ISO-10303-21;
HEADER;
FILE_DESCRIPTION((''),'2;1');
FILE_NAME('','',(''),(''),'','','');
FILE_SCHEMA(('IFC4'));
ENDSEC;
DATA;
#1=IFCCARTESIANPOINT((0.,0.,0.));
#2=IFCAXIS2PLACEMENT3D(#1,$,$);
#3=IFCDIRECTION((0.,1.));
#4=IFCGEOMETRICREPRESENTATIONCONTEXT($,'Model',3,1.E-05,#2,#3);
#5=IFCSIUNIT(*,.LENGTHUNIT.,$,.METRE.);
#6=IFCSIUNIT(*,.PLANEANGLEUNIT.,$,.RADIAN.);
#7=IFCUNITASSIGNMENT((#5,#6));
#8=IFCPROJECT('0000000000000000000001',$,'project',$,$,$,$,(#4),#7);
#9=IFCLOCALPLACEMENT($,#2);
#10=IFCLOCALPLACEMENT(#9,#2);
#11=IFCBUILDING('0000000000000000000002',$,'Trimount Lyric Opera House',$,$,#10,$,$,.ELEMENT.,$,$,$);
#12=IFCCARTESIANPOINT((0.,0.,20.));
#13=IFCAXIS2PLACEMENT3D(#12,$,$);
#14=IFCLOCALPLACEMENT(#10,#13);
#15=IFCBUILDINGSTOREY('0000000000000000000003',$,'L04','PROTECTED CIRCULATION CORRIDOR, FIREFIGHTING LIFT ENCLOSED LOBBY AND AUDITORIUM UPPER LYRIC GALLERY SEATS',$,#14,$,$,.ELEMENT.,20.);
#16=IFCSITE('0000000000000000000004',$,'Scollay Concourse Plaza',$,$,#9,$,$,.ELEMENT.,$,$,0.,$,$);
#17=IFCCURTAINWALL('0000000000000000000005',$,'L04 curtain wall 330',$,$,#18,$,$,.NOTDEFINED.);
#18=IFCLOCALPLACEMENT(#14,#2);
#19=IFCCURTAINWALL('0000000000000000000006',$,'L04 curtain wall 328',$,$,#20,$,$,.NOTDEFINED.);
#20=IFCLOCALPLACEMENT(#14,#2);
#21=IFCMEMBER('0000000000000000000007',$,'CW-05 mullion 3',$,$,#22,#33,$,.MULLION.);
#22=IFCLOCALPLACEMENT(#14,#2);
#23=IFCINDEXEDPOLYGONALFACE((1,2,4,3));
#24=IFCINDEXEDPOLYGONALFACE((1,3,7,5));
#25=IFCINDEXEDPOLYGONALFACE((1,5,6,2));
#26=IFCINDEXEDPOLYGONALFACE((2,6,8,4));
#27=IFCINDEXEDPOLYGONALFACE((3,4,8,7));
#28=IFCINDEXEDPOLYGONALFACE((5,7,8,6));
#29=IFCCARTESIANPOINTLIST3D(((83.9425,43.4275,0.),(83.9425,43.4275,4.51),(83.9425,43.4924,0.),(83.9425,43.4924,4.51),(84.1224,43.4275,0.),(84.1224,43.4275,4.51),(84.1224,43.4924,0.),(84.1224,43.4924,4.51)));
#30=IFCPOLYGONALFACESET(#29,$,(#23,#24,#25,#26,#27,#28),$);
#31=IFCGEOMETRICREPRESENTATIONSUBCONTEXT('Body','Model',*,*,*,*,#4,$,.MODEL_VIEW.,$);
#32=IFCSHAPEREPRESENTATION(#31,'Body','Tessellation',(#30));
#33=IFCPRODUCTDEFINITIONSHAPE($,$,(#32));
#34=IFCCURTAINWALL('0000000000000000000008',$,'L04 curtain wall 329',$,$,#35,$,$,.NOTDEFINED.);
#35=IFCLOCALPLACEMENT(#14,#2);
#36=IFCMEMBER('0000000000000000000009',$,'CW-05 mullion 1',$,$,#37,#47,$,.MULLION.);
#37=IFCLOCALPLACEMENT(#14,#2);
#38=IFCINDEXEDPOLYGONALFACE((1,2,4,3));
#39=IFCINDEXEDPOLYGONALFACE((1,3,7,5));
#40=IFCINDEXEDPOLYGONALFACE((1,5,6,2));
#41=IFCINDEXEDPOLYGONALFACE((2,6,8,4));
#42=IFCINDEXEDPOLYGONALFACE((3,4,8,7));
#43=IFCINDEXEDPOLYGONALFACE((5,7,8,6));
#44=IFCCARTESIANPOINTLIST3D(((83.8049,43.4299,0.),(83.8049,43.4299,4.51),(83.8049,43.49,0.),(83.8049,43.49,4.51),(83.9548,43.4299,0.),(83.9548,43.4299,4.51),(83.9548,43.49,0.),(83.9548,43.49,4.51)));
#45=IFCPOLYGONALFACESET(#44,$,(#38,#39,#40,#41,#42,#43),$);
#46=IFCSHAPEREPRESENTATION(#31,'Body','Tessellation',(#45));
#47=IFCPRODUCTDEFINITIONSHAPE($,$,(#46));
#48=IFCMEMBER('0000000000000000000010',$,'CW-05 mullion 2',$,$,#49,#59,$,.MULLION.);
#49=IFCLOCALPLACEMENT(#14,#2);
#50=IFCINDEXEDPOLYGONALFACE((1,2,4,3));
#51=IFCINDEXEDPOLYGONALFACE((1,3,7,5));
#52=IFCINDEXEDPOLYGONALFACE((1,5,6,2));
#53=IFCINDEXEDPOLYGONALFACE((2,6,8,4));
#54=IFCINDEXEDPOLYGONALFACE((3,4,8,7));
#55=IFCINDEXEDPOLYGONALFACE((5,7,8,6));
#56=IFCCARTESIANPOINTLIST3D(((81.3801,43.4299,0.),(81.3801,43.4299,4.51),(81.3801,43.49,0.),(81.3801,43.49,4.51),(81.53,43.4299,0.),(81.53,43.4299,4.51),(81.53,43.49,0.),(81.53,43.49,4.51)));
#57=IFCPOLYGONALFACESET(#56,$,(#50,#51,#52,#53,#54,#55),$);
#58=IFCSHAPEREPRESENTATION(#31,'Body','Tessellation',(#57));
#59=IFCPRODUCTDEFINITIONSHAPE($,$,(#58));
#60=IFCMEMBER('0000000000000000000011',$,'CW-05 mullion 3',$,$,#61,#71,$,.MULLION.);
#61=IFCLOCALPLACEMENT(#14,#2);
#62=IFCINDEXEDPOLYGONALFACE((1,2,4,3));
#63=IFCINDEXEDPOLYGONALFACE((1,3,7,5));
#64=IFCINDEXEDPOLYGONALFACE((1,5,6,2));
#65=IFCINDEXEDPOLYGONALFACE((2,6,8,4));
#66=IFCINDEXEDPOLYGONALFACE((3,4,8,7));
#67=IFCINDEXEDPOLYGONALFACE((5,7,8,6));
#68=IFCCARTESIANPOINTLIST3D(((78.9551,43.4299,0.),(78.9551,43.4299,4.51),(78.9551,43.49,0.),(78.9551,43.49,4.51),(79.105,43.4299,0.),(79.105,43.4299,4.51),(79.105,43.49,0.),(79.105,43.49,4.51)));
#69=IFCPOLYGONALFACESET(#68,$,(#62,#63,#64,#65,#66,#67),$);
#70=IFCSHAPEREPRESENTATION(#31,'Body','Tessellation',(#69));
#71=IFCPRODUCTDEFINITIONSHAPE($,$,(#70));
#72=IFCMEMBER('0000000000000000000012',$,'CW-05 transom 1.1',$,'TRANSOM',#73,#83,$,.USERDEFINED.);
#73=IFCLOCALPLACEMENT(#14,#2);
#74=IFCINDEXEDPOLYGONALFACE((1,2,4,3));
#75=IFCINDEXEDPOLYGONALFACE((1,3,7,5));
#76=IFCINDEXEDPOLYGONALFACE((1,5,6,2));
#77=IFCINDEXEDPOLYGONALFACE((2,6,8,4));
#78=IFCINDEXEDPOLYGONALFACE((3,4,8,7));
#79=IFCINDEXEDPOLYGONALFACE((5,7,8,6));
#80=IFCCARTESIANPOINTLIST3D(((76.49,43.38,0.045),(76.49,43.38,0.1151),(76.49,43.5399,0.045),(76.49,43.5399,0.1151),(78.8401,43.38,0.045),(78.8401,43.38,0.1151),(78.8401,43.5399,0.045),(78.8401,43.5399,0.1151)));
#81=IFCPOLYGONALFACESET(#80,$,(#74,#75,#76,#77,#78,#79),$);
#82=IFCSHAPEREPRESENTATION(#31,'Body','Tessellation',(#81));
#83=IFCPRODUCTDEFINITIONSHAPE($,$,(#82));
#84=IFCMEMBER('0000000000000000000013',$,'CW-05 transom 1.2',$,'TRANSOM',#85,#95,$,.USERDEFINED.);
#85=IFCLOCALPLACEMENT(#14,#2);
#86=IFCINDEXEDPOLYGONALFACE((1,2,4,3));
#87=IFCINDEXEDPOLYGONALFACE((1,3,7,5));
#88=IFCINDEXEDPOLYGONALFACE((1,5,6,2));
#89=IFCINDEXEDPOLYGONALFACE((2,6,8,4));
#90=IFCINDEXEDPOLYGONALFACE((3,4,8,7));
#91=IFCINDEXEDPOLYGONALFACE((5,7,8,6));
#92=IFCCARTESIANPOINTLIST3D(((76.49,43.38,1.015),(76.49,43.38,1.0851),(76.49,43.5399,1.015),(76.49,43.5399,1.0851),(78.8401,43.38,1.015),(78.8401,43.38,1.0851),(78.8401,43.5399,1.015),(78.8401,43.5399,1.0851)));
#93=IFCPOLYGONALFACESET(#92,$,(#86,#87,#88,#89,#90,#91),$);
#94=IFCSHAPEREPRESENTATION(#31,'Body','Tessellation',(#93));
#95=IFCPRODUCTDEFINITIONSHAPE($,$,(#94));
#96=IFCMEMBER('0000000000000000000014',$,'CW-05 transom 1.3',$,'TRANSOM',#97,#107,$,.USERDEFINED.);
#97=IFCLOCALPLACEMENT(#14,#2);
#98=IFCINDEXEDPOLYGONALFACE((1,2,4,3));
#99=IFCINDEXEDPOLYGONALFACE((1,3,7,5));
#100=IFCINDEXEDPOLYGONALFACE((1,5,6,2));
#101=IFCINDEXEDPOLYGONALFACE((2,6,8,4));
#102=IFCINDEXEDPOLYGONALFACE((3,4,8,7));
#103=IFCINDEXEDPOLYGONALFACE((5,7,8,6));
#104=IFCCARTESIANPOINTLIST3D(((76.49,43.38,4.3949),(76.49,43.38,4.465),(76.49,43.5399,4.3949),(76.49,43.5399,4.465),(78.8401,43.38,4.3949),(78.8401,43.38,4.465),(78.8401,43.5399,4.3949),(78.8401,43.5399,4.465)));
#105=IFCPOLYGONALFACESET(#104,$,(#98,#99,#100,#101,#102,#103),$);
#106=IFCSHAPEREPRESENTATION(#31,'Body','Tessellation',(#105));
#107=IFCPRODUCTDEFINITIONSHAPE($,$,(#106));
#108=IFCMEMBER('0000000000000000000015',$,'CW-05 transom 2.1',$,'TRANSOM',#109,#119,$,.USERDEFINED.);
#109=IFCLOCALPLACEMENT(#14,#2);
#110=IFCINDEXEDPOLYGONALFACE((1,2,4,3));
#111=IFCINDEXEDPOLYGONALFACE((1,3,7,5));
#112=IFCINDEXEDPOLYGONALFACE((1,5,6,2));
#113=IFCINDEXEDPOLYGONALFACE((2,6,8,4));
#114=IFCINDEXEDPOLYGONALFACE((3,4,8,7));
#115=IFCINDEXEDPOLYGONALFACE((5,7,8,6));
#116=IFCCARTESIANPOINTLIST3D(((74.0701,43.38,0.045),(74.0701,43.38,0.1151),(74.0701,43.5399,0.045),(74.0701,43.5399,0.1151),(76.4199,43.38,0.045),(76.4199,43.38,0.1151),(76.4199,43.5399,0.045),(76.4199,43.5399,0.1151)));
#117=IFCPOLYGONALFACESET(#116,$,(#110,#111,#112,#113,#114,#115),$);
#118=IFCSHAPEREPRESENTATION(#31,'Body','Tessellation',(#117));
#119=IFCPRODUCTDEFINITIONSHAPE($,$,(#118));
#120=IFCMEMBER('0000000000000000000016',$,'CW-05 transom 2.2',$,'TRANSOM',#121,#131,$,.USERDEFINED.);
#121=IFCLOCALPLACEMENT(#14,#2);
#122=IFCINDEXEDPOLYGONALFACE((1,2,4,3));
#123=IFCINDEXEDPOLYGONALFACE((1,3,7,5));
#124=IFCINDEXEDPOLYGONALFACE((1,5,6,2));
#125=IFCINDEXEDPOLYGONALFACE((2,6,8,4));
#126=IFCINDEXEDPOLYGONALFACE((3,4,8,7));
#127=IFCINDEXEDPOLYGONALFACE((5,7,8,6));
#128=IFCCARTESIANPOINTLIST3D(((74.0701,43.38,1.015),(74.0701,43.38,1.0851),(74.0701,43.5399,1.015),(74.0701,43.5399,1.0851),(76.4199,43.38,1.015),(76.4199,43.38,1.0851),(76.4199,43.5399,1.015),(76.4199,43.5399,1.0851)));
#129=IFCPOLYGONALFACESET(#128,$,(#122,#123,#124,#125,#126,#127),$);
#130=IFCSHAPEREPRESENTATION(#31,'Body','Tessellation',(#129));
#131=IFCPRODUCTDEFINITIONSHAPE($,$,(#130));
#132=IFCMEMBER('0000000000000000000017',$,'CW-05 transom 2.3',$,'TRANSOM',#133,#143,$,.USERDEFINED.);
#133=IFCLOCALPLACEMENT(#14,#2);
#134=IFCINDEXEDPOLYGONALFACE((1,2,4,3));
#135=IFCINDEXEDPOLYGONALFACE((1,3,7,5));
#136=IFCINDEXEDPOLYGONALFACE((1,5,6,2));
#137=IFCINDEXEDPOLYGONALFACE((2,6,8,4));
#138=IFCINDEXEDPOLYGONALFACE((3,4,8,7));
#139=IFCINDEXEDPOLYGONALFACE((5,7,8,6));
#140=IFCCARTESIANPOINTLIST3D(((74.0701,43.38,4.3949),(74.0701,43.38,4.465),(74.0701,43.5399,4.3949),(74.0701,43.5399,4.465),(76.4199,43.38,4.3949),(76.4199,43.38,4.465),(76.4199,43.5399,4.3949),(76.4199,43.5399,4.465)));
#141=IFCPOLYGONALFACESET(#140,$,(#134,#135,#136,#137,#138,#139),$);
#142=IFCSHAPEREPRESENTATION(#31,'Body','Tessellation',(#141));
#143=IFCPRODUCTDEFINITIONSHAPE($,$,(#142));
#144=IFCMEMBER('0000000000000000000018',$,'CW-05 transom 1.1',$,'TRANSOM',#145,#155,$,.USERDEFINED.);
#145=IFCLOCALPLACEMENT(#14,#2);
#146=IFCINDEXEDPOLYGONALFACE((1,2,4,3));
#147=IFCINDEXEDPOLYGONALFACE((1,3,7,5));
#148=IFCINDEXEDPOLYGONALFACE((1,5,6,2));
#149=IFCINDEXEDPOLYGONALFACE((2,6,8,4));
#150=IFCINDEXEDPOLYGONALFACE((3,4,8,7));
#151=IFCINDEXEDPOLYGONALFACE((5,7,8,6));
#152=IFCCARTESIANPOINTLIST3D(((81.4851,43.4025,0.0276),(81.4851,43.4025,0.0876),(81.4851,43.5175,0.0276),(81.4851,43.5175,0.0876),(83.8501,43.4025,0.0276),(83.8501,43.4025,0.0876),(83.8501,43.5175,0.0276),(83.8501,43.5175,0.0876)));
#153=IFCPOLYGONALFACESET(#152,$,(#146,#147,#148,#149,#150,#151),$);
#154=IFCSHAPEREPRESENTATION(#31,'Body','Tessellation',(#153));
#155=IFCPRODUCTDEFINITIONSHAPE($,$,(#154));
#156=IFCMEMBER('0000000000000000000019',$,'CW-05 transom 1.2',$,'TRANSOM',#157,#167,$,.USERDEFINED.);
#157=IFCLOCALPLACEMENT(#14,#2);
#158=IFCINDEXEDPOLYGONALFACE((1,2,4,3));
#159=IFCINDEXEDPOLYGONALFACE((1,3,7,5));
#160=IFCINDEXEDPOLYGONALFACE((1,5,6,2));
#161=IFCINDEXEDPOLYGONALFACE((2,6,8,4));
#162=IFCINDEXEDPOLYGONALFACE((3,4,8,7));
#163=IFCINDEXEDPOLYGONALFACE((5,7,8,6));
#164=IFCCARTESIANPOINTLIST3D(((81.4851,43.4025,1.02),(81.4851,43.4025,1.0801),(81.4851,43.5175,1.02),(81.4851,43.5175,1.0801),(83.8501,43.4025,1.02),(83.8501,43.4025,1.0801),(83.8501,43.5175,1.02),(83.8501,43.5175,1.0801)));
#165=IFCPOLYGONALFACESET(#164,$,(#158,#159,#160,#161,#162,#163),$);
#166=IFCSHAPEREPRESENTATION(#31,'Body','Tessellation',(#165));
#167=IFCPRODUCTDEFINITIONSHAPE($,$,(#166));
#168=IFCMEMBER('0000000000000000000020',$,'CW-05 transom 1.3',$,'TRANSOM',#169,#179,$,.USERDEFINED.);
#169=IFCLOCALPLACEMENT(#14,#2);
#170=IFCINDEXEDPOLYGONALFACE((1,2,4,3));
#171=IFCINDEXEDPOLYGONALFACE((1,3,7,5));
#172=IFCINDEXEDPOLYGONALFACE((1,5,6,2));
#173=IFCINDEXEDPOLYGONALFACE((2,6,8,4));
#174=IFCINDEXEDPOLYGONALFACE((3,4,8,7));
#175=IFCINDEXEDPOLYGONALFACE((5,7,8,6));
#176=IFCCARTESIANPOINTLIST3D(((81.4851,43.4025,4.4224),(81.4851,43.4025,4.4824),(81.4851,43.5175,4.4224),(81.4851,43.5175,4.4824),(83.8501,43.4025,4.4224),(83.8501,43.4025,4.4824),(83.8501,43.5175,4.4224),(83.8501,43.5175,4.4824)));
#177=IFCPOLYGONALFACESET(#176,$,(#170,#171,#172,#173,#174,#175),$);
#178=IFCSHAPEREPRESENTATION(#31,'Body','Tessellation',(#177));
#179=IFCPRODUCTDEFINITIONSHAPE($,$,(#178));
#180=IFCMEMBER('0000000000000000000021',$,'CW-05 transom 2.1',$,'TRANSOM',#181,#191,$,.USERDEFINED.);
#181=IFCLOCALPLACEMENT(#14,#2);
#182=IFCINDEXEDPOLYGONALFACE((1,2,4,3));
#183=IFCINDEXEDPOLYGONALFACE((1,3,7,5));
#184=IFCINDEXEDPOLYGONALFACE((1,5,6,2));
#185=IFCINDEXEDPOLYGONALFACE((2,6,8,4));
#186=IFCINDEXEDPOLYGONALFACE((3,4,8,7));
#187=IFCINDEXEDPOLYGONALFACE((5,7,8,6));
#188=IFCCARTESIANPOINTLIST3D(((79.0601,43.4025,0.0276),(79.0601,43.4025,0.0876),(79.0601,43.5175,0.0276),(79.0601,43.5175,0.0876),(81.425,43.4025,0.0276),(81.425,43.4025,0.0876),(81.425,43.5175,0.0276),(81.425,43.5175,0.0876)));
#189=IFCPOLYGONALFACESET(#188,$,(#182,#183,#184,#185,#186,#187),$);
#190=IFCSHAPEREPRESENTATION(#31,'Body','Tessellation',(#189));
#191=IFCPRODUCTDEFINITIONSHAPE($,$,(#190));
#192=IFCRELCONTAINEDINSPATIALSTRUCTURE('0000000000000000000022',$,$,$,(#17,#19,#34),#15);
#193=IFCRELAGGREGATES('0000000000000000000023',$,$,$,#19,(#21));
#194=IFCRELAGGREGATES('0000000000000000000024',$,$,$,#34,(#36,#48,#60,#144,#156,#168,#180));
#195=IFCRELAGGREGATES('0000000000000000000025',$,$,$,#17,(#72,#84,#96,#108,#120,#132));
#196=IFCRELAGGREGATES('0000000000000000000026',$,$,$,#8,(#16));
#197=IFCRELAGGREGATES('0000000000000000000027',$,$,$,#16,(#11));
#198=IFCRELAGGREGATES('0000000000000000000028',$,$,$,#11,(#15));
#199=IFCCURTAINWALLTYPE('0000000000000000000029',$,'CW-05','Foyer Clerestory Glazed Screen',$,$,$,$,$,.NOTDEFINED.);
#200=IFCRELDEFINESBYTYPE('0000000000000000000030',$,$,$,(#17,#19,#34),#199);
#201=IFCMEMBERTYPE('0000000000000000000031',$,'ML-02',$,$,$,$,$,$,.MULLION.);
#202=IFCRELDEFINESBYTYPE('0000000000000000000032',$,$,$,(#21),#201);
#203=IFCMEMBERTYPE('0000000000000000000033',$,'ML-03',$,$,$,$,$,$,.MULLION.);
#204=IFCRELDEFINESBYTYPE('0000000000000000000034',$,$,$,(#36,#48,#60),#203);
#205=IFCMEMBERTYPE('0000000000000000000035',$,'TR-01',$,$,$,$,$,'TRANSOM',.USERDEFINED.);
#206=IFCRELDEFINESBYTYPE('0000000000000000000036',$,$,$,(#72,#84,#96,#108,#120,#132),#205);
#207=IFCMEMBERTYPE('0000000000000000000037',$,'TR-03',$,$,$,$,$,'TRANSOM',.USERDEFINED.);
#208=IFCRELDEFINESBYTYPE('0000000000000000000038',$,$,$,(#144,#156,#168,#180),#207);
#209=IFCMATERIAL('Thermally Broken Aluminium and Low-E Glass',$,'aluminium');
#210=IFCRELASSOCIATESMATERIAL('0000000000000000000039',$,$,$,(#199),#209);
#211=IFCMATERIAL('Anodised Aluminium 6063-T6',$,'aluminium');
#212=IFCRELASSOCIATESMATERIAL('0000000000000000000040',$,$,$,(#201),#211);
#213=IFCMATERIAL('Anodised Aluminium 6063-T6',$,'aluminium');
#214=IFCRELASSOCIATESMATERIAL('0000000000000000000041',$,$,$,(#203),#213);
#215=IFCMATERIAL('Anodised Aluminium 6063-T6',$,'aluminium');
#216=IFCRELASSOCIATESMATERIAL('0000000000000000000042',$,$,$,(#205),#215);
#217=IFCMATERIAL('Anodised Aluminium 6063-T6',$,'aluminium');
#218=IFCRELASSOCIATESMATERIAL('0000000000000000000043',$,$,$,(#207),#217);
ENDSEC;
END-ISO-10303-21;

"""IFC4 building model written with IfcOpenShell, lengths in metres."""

from ifc_helpers import new_model, si_unit, direction, frame, origin, origin_2d, place, context, subcontext, project, spatial, rectangle, extrude, material, material_profile, profile_set, type_object, element, aggregate, save


model = new_model("IFC4")

# Units and contexts
model_context = context("Model", 3, precision=1e-05, world=origin(), true_north=direction((0.0, 1.0)))
body_context = subcontext(model_context, "Body", "Model", "MODEL_VIEW")
ifc_project = project(units=[si_unit("LENGTHUNIT", "METRE"), si_unit("PLANEANGLEUNIT", "RADIAN")], contexts=[model_context])

# Site, building, storey
site_placement = place(None, origin())
site = spatial("IfcSite", under=ifc_project, at=site_placement, Name="Scollay Concourse Plaza", CompositionType="ELEMENT", RefElevation=0.0)
building_placement = place(site_placement, origin())
building = spatial("IfcBuilding", under=site, at=building_placement, Name="Trimount Lyric Opera House", CompositionType="ELEMENT")
storey_placement = place(building_placement, frame((0.0, 0.0, 20.0)))
storey = spatial("IfcBuildingStorey", under=building, at=storey_placement, Name="L04", Description="PROTECTED CIRCULATION CORRIDOR, FIREFIGHTING LIFT ENCLOSED LOBBY AND AUDITORIUM UPPER LYRIC GALLERY SEATS", CompositionType="ELEMENT", Elevation=20.0)

# Curtain wall
ifc_material_1 = material(Name="Thermally Broken Aluminium and Low-E Glass", Category="aluminium")
curtain_wall_type = type_object("IfcCurtainWallType", Name="CW-05", Description="Foyer Clerestory Glazed Screen", PredefinedType="NOTDEFINED", material=ifc_material_1)
curtain_wall_1_placement = place(storey_placement, origin())
curtain_wall_1 = element("IfcCurtainWall", 1, at=curtain_wall_1_placement, inside=storey, type_object=curtain_wall_type, Name="L04 curtain wall 330", PredefinedType="NOTDEFINED")

# Curtain wall, member
curtain_wall_2_placement = place(storey_placement, origin())
curtain_wall_2 = element("IfcCurtainWall", 2, at=curtain_wall_2_placement, inside=storey, type_object=curtain_wall_type, Name="L04 curtain wall 328", PredefinedType="NOTDEFINED")
ifc_material_2 = material(Name="Anodised Aluminium 6063-T6", Category="aluminium")
ifc_material_profile_1 = material_profile(ifc_material_2, rectangle(XDim=0.0649, YDim=0.1799, at=origin_2d()), Name="ALU-MULL-65X180")
ifc_profile_set_1 = profile_set([ifc_material_profile_1], Name="Anodised Aluminium 6063-T6")
member_type_1 = type_object("IfcMemberType", Name="ML-02", PredefinedType="MULLION", material=ifc_profile_set_1)
member_1_placement = place(storey_placement, frame((84.0325, 43.46, 0.0), z_axis=(0.0, 0.0, 1.0), x_axis=(0.0, -1.0, 0.0)))
member_1 = element("IfcMember", 3, at=member_1_placement, type_object=member_type_1, Name="CW-05 mullion 3", PredefinedType="MULLION", context=body_context, shape_type="SweptSolid", body=[
    extrude(rectangle(XDim=0.0649, YDim=0.1799, at=origin_2d()), origin(), (0.0, 0.0, 1.0), 4.51),
])
aggregate(curtain_wall_2, [member_1])

# Curtain wall, members
curtain_wall_3_placement = place(storey_placement, origin())
curtain_wall_3 = element("IfcCurtainWall", 4, at=curtain_wall_3_placement, inside=storey, type_object=curtain_wall_type, Name="L04 curtain wall 329", PredefinedType="NOTDEFINED")
ifc_material_3 = material(Name="Anodised Aluminium 6063-T6", Category="aluminium")
ifc_material_profile_2 = material_profile(ifc_material_3, rectangle(XDim=0.0601, YDim=0.1499, at=origin_2d()), Name="ALU-MULL-60X150")
ifc_profile_set_2 = profile_set([ifc_material_profile_2], Name="Anodised Aluminium 6063-T6")
member_type_2 = type_object("IfcMemberType", Name="ML-03", PredefinedType="MULLION", material=ifc_profile_set_2)
member_2_placement = place(storey_placement, frame((83.8799, 43.46, 0.0), z_axis=(0.0, 0.0, 1.0), x_axis=(0.0, -1.0, 0.0)))
member_2 = element("IfcMember", 5, at=member_2_placement, type_object=member_type_2, Name="CW-05 mullion 1", PredefinedType="MULLION", context=body_context, shape_type="SweptSolid", body=[
    extrude(rectangle(XDim=0.0601, YDim=0.1499, at=origin_2d()), origin(), (0.0, 0.0, 1.0), 4.51),
])
member_3_placement = place(storey_placement, frame((81.4551, 43.46, 0.0), z_axis=(0.0, 0.0, 1.0), x_axis=(0.0, -1.0, 0.0)))
member_3 = element("IfcMember", 6, at=member_3_placement, type_object=member_type_2, Name="CW-05 mullion 2", PredefinedType="MULLION", context=body_context, shape_type="SweptSolid", body=[
    extrude(rectangle(XDim=0.0601, YDim=0.1499, at=origin_2d()), origin(), (0.0, 0.0, 1.0), 4.51),
])
member_4_placement = place(storey_placement, frame((79.03, 43.46, 0.0), z_axis=(0.0, 0.0, 1.0), x_axis=(0.0, -1.0, 0.0)))
member_4 = element("IfcMember", 7, at=member_4_placement, type_object=member_type_2, Name="CW-05 mullion 3", PredefinedType="MULLION", context=body_context, shape_type="SweptSolid", body=[
    extrude(rectangle(XDim=0.0601, YDim=0.1499, at=origin_2d()), origin(), (0.0, 0.0, 1.0), 4.51),
])

# Members
ifc_material_4 = material(Name="Anodised Aluminium 6063-T6", Category="aluminium")
ifc_material_profile_3 = material_profile(ifc_material_4, rectangle(XDim=0.1599, YDim=0.0701, at=origin_2d()), Name="ALU-TRAN-70X160")
ifc_profile_set_3 = profile_set([ifc_material_profile_3], Name="Anodised Aluminium 6063-T6")
member_type_3 = type_object("IfcMemberType", Name="TR-01", ElementType="TRANSOM", PredefinedType="USERDEFINED", material=ifc_profile_set_3)
member_5_placement = place(storey_placement, frame((78.8401, 43.46, 0.0801), z_axis=(-1.0, 0.0, 0.0), x_axis=(0.0, -1.0, 0.0)))
member_5 = element("IfcMember", 8, at=member_5_placement, type_object=member_type_3, Name="CW-05 transom 1.1", ObjectType="TRANSOM", PredefinedType="USERDEFINED", context=body_context, shape_type="SweptSolid", body=[
    extrude(rectangle(XDim=0.1599, YDim=0.0701, at=origin_2d()), origin(), (0.0, 0.0, 1.0), 2.3501),
])
member_6_placement = place(storey_placement, frame((78.8401, 43.46, 1.05), z_axis=(-1.0, 0.0, 0.0), x_axis=(0.0, -1.0, 0.0)))
member_6 = element("IfcMember", 9, at=member_6_placement, type_object=member_type_3, Name="CW-05 transom 1.2", ObjectType="TRANSOM", PredefinedType="USERDEFINED", context=body_context, shape_type="SweptSolid", body=[
    extrude(rectangle(XDim=0.1599, YDim=0.0701, at=origin_2d()), origin(), (0.0, 0.0, 1.0), 2.3501),
])
member_7_placement = place(storey_placement, frame((78.8401, 43.46, 4.4299), z_axis=(-1.0, 0.0, 0.0), x_axis=(0.0, -1.0, 0.0)))
member_7 = element("IfcMember", 10, at=member_7_placement, type_object=member_type_3, Name="CW-05 transom 1.3", ObjectType="TRANSOM", PredefinedType="USERDEFINED", context=body_context, shape_type="SweptSolid", body=[
    extrude(rectangle(XDim=0.1599, YDim=0.0701, at=origin_2d()), origin(), (0.0, 0.0, 1.0), 2.3501),
])
member_8_placement = place(storey_placement, frame((76.4199, 43.46, 0.0801), z_axis=(-1.0, 0.0, 0.0), x_axis=(0.0, -1.0, 0.0)))
member_8 = element("IfcMember", 11, at=member_8_placement, type_object=member_type_3, Name="CW-05 transom 2.1", ObjectType="TRANSOM", PredefinedType="USERDEFINED", context=body_context, shape_type="SweptSolid", body=[
    extrude(rectangle(XDim=0.1599, YDim=0.0701, at=origin_2d()), origin(), (0.0, 0.0, 1.0), 2.3499),
])
member_9_placement = place(storey_placement, frame((76.4199, 43.46, 1.05), z_axis=(-1.0, 0.0, 0.0), x_axis=(0.0, -1.0, 0.0)))
member_9 = element("IfcMember", 12, at=member_9_placement, type_object=member_type_3, Name="CW-05 transom 2.2", ObjectType="TRANSOM", PredefinedType="USERDEFINED", context=body_context, shape_type="SweptSolid", body=[
    extrude(rectangle(XDim=0.1599, YDim=0.0701, at=origin_2d()), origin(), (0.0, 0.0, 1.0), 2.3499),
])
member_10_placement = place(storey_placement, frame((76.4199, 43.46, 4.4299), z_axis=(-1.0, 0.0, 0.0), x_axis=(0.0, -1.0, 0.0)))
member_10 = element("IfcMember", 13, at=member_10_placement, type_object=member_type_3, Name="CW-05 transom 2.3", ObjectType="TRANSOM", PredefinedType="USERDEFINED", context=body_context, shape_type="SweptSolid", body=[
    extrude(rectangle(XDim=0.1599, YDim=0.0701, at=origin_2d()), origin(), (0.0, 0.0, 1.0), 2.3499),
])
ifc_material_5 = material(Name="Anodised Aluminium 6063-T6", Category="aluminium")
ifc_material_profile_4 = material_profile(ifc_material_5, rectangle(XDim=0.115, YDim=0.0601, at=origin_2d()), Name="ALU-TRAN-60X115")
ifc_profile_set_4 = profile_set([ifc_material_profile_4], Name="Anodised Aluminium 6063-T6")
member_type_4 = type_object("IfcMemberType", Name="TR-03", ElementType="TRANSOM", PredefinedType="USERDEFINED", material=ifc_profile_set_4)
member_11_placement = place(storey_placement, frame((83.8501, 43.46, 0.0576), z_axis=(-1.0, 0.0, 0.0), x_axis=(0.0, -1.0, 0.0)))
member_11 = element("IfcMember", 14, at=member_11_placement, type_object=member_type_4, Name="CW-05 transom 1.1", ObjectType="TRANSOM", PredefinedType="USERDEFINED", context=body_context, shape_type="SweptSolid", body=[
    extrude(rectangle(XDim=0.115, YDim=0.0601, at=origin_2d()), origin(), (0.0, 0.0, 1.0), 2.365),
])
member_12_placement = place(storey_placement, frame((83.8501, 43.46, 1.05), z_axis=(-1.0, 0.0, 0.0), x_axis=(0.0, -1.0, 0.0)))
member_12 = element("IfcMember", 15, at=member_12_placement, type_object=member_type_4, Name="CW-05 transom 1.2", ObjectType="TRANSOM", PredefinedType="USERDEFINED", context=body_context, shape_type="SweptSolid", body=[
    extrude(rectangle(XDim=0.115, YDim=0.0601, at=origin_2d()), origin(), (0.0, 0.0, 1.0), 2.365),
])
member_13_placement = place(storey_placement, frame((83.8501, 43.46, 4.4524), z_axis=(-1.0, 0.0, 0.0), x_axis=(0.0, -1.0, 0.0)))
member_13 = element("IfcMember", 16, at=member_13_placement, type_object=member_type_4, Name="CW-05 transom 1.3", ObjectType="TRANSOM", PredefinedType="USERDEFINED", context=body_context, shape_type="SweptSolid", body=[
    extrude(rectangle(XDim=0.115, YDim=0.0601, at=origin_2d()), origin(), (0.0, 0.0, 1.0), 2.365),
])
member_14_placement = place(storey_placement, frame((81.425, 43.46, 0.0576), z_axis=(-1.0, 0.0, 0.0), x_axis=(0.0, -1.0, 0.0)))
member_14 = element("IfcMember", 17, at=member_14_placement, type_object=member_type_4, Name="CW-05 transom 2.1", ObjectType="TRANSOM", PredefinedType="USERDEFINED", context=body_context, shape_type="SweptSolid", body=[
    extrude(rectangle(XDim=0.115, YDim=0.0601, at=origin_2d()), origin(), (0.0, 0.0, 1.0), 2.365),
])

aggregate(curtain_wall_3, [member_2, member_3, member_4, member_11, member_12, member_13, member_14])
aggregate(curtain_wall_1, [member_5, member_6, member_7, member_8, member_9, member_10])

save(model, "model.ifc")
